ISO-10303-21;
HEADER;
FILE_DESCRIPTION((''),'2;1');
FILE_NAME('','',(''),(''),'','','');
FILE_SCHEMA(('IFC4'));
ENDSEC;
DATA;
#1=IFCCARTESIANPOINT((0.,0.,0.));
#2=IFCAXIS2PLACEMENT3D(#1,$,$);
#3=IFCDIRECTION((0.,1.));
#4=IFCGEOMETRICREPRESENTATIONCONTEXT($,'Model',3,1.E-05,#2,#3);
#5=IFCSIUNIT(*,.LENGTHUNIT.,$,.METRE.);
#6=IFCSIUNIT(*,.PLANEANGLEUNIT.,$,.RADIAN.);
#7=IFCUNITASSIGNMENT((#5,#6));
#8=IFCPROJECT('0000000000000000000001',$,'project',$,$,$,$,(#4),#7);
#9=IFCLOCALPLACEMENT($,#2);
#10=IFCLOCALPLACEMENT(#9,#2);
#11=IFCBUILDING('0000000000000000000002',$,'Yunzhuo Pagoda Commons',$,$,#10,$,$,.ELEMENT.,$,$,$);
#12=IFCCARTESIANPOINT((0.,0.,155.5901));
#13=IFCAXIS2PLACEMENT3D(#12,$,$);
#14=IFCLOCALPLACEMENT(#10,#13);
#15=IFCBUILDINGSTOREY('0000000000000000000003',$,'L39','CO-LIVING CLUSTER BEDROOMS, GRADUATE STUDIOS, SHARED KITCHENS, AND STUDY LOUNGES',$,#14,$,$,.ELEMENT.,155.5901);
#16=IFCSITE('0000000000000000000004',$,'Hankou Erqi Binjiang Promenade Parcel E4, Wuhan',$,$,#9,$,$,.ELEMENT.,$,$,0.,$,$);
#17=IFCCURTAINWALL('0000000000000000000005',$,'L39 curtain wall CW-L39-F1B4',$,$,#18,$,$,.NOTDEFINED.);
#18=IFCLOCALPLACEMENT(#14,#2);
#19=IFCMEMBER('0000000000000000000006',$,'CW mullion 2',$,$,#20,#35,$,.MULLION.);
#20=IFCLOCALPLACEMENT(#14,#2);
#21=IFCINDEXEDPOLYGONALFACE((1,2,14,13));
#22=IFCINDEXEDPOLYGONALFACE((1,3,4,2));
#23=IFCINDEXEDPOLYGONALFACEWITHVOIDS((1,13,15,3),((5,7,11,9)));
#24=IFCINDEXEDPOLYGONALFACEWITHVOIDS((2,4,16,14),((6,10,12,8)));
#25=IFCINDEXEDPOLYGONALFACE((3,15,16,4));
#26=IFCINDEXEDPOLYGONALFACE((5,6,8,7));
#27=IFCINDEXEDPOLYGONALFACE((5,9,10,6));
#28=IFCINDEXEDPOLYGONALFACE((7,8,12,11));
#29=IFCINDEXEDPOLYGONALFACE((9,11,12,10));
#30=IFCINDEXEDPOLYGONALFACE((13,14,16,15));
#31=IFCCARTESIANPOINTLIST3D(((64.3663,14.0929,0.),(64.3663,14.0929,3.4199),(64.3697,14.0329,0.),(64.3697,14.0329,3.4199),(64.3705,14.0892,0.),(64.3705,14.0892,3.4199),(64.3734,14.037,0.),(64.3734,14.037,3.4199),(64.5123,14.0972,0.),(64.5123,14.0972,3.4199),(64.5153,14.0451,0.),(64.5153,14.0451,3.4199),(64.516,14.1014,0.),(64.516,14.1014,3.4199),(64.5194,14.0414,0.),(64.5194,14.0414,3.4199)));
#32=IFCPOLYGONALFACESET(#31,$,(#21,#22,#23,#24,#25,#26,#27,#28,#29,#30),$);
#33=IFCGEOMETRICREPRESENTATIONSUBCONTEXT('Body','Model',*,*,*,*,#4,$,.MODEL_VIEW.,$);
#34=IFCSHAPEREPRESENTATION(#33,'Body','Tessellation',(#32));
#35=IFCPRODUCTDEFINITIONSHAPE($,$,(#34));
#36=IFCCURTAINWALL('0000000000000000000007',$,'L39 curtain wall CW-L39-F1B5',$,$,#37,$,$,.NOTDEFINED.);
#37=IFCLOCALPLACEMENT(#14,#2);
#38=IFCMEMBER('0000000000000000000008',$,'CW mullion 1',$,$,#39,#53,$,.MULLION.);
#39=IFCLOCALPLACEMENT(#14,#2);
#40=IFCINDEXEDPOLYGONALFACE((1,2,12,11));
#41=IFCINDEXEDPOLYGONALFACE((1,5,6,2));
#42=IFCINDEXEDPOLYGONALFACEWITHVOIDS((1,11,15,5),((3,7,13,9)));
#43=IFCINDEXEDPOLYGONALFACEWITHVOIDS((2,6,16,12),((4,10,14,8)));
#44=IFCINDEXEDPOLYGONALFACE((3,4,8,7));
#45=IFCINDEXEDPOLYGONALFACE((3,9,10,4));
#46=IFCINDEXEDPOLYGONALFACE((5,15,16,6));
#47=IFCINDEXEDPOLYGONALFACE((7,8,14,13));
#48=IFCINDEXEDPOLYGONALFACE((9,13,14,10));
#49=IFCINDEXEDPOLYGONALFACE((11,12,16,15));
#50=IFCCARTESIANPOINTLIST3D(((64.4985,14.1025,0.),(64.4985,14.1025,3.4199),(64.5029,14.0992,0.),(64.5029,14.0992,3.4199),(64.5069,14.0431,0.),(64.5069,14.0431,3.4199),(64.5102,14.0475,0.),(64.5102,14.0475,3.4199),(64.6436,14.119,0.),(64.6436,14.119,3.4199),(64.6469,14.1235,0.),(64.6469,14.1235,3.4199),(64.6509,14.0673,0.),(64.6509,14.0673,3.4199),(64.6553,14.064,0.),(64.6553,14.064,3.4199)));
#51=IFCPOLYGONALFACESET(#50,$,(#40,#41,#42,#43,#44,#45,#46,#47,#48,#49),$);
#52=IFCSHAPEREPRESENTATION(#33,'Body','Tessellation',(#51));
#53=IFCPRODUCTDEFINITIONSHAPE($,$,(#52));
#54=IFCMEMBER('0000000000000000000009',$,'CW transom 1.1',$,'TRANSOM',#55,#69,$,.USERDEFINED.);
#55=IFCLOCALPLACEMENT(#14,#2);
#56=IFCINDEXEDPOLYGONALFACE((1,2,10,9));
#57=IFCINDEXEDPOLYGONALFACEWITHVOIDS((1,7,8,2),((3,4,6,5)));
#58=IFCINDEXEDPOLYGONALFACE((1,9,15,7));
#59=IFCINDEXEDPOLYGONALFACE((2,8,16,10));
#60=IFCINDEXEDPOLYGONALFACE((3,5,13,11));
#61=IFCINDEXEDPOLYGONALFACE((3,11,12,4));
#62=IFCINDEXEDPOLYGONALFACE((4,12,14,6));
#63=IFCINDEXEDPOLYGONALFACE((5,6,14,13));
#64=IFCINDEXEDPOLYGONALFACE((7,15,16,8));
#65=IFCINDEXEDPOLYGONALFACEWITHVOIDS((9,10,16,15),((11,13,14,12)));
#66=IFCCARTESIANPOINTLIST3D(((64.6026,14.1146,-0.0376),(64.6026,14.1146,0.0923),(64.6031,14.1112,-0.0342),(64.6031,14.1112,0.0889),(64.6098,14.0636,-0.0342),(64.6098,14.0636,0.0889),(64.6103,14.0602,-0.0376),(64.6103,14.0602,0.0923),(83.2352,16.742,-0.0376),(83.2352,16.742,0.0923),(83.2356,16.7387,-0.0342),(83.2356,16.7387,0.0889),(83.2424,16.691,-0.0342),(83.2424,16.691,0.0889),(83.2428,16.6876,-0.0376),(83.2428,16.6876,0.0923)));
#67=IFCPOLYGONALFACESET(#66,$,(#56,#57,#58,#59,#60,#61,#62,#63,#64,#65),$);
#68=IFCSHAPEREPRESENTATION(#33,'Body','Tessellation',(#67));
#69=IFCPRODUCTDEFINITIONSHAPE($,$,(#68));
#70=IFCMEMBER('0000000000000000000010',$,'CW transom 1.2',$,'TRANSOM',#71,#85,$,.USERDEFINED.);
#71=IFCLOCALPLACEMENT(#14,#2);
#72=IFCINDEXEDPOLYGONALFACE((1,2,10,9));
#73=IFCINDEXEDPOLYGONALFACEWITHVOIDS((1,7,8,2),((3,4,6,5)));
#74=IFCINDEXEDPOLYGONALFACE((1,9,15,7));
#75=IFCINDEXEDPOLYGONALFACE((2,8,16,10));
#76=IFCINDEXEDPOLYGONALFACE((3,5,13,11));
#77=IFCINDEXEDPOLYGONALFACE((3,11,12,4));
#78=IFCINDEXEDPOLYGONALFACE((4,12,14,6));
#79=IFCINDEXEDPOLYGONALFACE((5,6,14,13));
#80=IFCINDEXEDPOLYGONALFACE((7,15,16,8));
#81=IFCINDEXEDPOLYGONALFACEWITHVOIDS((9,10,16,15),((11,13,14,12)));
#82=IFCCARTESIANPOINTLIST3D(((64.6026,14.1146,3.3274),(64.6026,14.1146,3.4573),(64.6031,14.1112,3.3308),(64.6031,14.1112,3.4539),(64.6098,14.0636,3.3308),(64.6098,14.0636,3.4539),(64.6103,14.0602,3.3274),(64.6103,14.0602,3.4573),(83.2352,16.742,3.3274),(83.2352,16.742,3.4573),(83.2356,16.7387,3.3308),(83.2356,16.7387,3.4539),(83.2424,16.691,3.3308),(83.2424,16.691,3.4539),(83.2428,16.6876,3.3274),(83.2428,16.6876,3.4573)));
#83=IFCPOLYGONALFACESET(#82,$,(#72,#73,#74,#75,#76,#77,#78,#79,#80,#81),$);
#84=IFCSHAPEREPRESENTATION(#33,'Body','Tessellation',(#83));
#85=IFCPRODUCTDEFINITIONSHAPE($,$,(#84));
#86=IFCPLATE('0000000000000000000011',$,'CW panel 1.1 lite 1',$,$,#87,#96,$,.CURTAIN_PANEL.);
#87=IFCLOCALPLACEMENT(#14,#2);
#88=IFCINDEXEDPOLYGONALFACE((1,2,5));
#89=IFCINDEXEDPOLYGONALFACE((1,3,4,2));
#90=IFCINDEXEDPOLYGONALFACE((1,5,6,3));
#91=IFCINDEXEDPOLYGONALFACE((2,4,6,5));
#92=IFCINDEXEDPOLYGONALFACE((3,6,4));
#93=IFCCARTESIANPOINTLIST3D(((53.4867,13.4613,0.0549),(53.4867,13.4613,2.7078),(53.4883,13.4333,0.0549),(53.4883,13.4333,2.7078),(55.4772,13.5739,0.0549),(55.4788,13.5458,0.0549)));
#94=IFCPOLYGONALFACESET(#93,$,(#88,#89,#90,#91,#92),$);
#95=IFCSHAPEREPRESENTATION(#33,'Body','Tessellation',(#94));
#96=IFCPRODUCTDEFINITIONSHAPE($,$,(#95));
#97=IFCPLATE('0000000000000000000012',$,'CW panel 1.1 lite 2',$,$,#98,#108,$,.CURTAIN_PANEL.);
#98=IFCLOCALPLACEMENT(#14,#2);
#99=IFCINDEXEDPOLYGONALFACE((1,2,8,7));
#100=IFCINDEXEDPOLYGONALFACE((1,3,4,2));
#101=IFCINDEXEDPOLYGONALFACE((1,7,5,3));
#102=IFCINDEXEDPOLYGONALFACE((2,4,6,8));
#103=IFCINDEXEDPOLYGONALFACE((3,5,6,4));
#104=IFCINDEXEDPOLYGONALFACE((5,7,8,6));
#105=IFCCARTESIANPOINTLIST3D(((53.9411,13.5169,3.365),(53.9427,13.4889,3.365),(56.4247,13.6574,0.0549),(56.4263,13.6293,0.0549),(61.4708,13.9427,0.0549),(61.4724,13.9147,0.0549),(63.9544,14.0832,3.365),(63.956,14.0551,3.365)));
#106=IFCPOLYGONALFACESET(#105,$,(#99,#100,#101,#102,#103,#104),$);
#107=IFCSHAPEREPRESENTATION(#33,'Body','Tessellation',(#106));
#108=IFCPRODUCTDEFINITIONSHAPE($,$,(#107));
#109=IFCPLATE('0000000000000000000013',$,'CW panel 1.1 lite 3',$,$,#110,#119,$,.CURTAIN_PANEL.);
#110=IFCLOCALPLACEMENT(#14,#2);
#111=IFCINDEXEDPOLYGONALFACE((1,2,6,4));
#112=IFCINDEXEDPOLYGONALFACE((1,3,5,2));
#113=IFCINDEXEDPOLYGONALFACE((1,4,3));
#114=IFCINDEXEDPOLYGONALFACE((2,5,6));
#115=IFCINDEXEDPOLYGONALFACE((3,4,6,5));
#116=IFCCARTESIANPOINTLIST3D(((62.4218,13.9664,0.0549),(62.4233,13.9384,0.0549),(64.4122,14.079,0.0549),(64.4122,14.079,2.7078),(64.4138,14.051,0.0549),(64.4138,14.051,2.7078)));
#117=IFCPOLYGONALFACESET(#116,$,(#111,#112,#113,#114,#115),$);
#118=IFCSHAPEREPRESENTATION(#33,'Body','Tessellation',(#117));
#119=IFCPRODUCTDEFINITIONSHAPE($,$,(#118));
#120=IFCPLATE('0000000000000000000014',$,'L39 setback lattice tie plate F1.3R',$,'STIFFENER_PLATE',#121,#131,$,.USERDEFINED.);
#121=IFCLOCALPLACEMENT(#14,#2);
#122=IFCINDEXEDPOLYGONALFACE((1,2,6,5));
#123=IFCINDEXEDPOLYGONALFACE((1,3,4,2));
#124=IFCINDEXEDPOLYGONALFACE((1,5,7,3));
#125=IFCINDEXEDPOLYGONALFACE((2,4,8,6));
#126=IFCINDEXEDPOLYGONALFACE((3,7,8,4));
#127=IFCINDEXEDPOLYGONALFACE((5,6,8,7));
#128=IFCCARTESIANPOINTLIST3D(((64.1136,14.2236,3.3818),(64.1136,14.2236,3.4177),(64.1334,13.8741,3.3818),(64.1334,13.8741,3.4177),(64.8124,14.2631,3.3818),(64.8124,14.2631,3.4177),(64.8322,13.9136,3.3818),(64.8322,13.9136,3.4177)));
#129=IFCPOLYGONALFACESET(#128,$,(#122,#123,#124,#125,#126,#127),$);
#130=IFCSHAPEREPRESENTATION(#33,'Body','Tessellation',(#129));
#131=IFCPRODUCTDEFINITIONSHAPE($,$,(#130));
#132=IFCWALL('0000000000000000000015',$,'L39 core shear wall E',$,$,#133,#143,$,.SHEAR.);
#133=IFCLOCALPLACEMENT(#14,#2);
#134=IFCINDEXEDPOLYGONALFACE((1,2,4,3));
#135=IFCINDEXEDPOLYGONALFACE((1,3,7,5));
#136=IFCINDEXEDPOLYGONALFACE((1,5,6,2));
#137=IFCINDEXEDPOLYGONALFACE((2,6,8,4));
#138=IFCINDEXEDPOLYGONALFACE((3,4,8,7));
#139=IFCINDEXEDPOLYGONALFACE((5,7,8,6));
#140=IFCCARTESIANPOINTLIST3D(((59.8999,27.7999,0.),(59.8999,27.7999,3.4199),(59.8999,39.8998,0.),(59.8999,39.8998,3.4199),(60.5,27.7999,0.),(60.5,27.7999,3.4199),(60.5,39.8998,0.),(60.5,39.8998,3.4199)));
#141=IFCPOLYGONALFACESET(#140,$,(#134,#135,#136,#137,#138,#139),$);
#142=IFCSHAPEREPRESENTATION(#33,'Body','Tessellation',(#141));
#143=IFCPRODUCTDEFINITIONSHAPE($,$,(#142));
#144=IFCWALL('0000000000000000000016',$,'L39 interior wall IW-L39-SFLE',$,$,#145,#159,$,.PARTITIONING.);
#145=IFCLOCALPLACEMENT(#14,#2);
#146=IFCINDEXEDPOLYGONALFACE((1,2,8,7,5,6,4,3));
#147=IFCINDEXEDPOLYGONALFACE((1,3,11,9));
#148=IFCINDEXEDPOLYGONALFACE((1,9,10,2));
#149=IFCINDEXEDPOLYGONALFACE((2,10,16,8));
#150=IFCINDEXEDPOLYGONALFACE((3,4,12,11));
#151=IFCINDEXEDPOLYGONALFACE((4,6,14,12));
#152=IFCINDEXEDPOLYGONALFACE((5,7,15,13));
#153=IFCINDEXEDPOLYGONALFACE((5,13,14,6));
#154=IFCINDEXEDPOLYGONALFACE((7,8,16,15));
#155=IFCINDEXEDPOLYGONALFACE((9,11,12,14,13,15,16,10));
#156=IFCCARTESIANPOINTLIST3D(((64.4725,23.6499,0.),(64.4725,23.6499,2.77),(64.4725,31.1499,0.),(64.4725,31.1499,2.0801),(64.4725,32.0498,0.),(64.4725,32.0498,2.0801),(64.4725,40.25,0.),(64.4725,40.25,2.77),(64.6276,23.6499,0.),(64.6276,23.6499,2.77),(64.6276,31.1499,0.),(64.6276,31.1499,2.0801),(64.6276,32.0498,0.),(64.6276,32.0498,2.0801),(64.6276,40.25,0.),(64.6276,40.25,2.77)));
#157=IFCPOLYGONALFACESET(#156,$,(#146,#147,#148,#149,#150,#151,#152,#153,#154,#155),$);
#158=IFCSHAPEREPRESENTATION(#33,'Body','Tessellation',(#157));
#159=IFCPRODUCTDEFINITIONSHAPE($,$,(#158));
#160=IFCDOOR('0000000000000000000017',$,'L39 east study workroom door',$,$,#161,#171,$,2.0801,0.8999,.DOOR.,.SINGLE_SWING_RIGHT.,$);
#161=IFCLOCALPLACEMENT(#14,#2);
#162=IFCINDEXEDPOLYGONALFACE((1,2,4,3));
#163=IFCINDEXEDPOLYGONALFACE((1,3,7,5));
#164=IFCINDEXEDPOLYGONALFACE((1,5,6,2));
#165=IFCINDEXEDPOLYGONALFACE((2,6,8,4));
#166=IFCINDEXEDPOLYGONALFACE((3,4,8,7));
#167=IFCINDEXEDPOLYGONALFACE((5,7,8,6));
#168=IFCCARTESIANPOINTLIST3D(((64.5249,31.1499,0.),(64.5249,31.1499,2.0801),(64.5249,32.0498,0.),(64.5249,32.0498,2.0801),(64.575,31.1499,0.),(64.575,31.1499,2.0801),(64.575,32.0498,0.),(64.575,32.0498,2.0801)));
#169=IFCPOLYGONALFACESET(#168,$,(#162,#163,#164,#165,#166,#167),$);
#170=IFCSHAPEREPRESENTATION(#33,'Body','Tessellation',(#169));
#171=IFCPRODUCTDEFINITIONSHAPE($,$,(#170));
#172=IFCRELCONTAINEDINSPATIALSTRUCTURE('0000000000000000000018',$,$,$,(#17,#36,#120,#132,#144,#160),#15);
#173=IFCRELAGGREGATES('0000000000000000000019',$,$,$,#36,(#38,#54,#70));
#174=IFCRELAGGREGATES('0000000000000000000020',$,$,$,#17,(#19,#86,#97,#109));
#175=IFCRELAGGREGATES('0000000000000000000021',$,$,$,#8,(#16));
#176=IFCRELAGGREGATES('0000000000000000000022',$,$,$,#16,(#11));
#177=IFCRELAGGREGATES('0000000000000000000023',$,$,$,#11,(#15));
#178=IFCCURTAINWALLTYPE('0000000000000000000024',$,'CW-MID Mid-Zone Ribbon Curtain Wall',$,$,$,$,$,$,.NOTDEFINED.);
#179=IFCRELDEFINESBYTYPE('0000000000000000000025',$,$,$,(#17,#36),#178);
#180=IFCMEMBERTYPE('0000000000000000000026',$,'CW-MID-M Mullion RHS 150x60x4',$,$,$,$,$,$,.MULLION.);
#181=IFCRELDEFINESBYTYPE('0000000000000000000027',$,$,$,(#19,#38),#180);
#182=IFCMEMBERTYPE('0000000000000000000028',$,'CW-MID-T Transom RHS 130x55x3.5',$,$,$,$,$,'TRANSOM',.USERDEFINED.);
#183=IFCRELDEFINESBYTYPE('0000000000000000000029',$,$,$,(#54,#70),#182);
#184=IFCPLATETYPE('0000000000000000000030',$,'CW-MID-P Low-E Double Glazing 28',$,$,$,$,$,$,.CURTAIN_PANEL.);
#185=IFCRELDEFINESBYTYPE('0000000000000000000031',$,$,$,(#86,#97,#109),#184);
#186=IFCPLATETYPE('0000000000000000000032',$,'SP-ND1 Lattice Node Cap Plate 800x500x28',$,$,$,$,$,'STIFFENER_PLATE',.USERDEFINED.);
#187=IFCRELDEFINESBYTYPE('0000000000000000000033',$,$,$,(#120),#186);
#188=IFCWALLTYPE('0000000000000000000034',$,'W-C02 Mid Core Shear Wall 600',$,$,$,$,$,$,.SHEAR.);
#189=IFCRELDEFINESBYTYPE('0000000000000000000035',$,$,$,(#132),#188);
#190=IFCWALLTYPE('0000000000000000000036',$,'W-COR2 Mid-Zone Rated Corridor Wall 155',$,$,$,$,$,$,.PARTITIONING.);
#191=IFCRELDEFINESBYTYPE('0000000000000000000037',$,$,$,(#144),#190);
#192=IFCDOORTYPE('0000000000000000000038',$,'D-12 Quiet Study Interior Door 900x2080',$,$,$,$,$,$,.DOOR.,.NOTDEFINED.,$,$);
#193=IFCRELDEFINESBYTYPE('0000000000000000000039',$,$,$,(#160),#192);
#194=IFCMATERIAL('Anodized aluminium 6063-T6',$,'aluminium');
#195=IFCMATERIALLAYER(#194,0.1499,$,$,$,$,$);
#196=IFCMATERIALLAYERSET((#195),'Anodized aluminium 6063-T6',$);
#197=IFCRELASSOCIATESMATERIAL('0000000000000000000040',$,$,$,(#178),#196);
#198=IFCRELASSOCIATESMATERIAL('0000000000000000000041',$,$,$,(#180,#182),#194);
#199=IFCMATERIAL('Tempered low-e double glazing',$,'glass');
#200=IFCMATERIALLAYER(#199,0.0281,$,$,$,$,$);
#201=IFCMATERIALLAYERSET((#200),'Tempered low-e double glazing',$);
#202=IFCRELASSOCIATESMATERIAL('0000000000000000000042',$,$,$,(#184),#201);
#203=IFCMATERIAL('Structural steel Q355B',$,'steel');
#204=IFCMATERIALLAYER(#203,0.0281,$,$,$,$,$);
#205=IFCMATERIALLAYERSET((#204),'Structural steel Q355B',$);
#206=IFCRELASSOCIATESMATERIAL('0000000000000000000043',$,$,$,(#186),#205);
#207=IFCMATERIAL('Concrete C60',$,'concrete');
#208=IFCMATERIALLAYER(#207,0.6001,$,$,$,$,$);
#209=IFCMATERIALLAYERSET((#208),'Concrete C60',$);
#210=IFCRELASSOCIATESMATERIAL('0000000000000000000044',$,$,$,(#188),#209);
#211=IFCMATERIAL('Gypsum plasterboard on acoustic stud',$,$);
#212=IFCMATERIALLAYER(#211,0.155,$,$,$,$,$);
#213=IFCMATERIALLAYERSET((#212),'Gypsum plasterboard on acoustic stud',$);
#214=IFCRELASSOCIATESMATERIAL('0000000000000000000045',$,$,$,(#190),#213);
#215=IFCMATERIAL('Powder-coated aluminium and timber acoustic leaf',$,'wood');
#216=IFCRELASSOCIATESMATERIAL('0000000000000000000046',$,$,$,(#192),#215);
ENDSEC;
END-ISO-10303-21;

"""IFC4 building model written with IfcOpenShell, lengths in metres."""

from ifc_helpers import new_model, si_unit, direction, frame, frame_2d, origin, origin_2d, place, context, subcontext, project, spatial, polyline, rectangle, hollow_rectangle, outline, extrude, source, transform, mapped, material, layer, layer_set, material_profile, profile_set, type_object, element, fill, aggregate, save


model = new_model("IFC4")

# Units and contexts
model_context = context("Model", 3, precision=1e-05, world=origin(), true_north=direction((0.0, 1.0)))
body_context = subcontext(model_context, "Body", "Model", "MODEL_VIEW")
ifc_project = project(units=[si_unit("LENGTHUNIT", "METRE"), si_unit("PLANEANGLEUNIT", "RADIAN")], contexts=[model_context])

# Site, building, storey
site_placement = place(None, origin())
site = spatial("IfcSite", under=ifc_project, at=site_placement, Name="Hankou Erqi Binjiang Promenade Parcel E4, Wuhan", CompositionType="ELEMENT", RefElevation=0.0)
building_placement = place(site_placement, origin())
building = spatial("IfcBuilding", under=site, at=building_placement, Name="Yunzhuo Pagoda Commons", CompositionType="ELEMENT")
storey_placement = place(building_placement, frame((0.0, 0.0, 155.5901)))
storey = spatial("IfcBuildingStorey", under=building, at=storey_placement, Name="L39", Description="CO-LIVING CLUSTER BEDROOMS, GRADUATE STUDIOS, SHARED KITCHENS, AND STUDY LOUNGES", CompositionType="ELEMENT", Elevation=155.5901)

# Shared definitions
ifc_material_1 = material(Name="Structural steel Q355B", Category="steel")

# Curtain wall, member
ifc_material_2 = material(Name="Anodized aluminium 6063-T6", Category="aluminium")
ifc_layer_1 = layer(ifc_material_2, 0.1499)
ifc_layer_set_1 = layer_set([ifc_layer_1], Name="Anodized aluminium 6063-T6")
curtain_wall_type = type_object("IfcCurtainWallType", Name="CW-MID Mid-Zone Ribbon Curtain Wall", PredefinedType="NOTDEFINED", material=ifc_layer_set_1)
curtain_wall_1_placement = place(storey_placement, origin())
curtain_wall_1 = element("IfcCurtainWall", 1, at=curtain_wall_1_placement, inside=storey, type_object=curtain_wall_type, Name="L39 curtain wall CW-L39-F1B4", PredefinedType="NOTDEFINED")
ifc_material_profile_1 = material_profile(ifc_material_2, hollow_rectangle(XDim=0.0601, YDim=0.1499, WallThickness=0.0039, at=origin_2d()), Name="Anodized aluminium 6063-T6")
ifc_profile_set_1 = profile_set([ifc_material_profile_1], Name="Anodized aluminium 6063-T6")
member_type_1 = type_object("IfcMemberType", Name="CW-MID-M Mullion RHS 150x60x4", PredefinedType="MULLION", material=ifc_profile_set_1)
shared_shape_1 = source(origin(), body_context, "Body", "SweptSolid", [
    extrude(hollow_rectangle(XDim=0.0601, YDim=0.1499, WallThickness=0.0039, at=origin_2d()), origin(), (0.0, 0.0, 1.0), 3.4199),
])
member_1_placement = place(storey_placement, frame((64.4429, 14.0671, 0.0), z_axis=(0.0, 0.0, 1.0), x_axis=(-0.056459, 0.998405, 0.0)))
member_1 = element("IfcMember", 2, at=member_1_placement, type_object=member_type_1, Name="CW mullion 2", PredefinedType="MULLION", context=body_context, shape_type="MappedRepresentation", body=[
    mapped(shared_shape_1, transform((0.0, 0.0, 0.0), scale=1.0)),
])

# Curtain wall, members
curtain_wall_2_placement = place(storey_placement, origin())
curtain_wall_2 = element("IfcCurtainWall", 3, at=curtain_wall_2_placement, inside=storey, type_object=curtain_wall_type, Name="L39 curtain wall CW-L39-F1B5", PredefinedType="NOTDEFINED")
member_2_placement = place(storey_placement, frame((64.5769, 14.0833, 0.0), z_axis=(0.0, 0.0, 1.0), x_axis=(-0.13963, 0.990204, 0.0)))
member_2 = element("IfcMember", 4, at=member_2_placement, type_object=member_type_1, Name="CW mullion 1", PredefinedType="MULLION", context=body_context, shape_type="MappedRepresentation", body=[
    mapped(shared_shape_1, transform((0.0, 0.0, 0.0), scale=1.0)),
])
ifc_material_profile_2 = material_profile(ifc_material_2, hollow_rectangle(XDim=0.0549, YDim=0.1299, WallThickness=0.0034, at=origin_2d()), Name="Anodized aluminium 6063-T6")
ifc_profile_set_2 = profile_set([ifc_material_profile_2], Name="Anodized aluminium 6063-T6")
member_type_2 = type_object("IfcMemberType", Name="CW-MID-T Transom RHS 130x55x3.5", ElementType="TRANSOM", PredefinedType="USERDEFINED", material=ifc_profile_set_2)
shared_shape_2 = source(origin(), body_context, "Body", "SweptSolid", [
    extrude(hollow_rectangle(XDim=0.0549, YDim=0.1299, WallThickness=0.0034, at=origin_2d()), origin(), (0.0, 0.0, 1.0), 18.8169),
])
member_3_placement = place(storey_placement, frame((64.6064, 14.0874, 0.0273), z_axis=(0.990203, 0.139632, 0.0), x_axis=(-0.139632, 0.990203, 0.0)))
member_3 = element("IfcMember", 5, at=member_3_placement, type_object=member_type_2, Name="CW transom 1.1", ObjectType="TRANSOM", PredefinedType="USERDEFINED", context=body_context, shape_type="MappedRepresentation", body=[
    mapped(shared_shape_2, transform((0.0, 0.0, 0.0), scale=1.0)),
])
member_4_placement = place(storey_placement, frame((64.6064, 14.0874, 3.3923), z_axis=(0.990203, 0.139632, 0.0), x_axis=(-0.139632, 0.990203, 0.0)))
member_4 = element("IfcMember", 6, at=member_4_placement, type_object=member_type_2, Name="CW transom 1.2", ObjectType="TRANSOM", PredefinedType="USERDEFINED", context=body_context, shape_type="MappedRepresentation", body=[
    mapped(shared_shape_2, transform((0.0, 0.0, 0.0), scale=1.0)),
])
aggregate(curtain_wall_2, [member_2, member_3, member_4])

# Plates
ifc_material_3 = material(Name="Tempered low-e double glazing", Category="glass")
ifc_layer_2 = layer(ifc_material_3, 0.0281)
ifc_layer_set_2 = layer_set([ifc_layer_2], Name="Tempered low-e double glazing")
plate_type_1 = type_object("IfcPlateType", Name="CW-MID-P Low-E Double Glazing 28", PredefinedType="CURTAIN_PANEL", material=ifc_layer_set_2)
plate_1_placement = place(storey_placement, frame((54.4819, 13.5176, 1.3813), z_axis=(0.056459, -0.998405, 0.0), x_axis=(0.998405, 0.056459, 0.0)))
plate_1 = element("IfcPlate", 7, at=plate_1_placement, type_object=plate_type_1, Name="CW panel 1.1 lite 1", PredefinedType="CURTAIN_PANEL", context=body_context, shape_type="SweptSolid", body=[
    extrude(outline(polyline([(-0.9968, -1.3264), (0.9968, -1.3264), (-0.9968, 1.3264), (-0.9968, -1.3264)])), origin(), (0.0, 0.0, 1.0), 0.0281),
])
plate_2_placement = place(storey_placement, frame((58.9478, 13.8, 1.71), z_axis=(0.056459, -0.998405, 0.0), x_axis=(0.998405, 0.056459, 0.0)))
plate_2 = element("IfcPlate", 8, at=plate_2_placement, type_object=plate_type_1, Name="CW panel 1.1 lite 2", PredefinedType="CURTAIN_PANEL", context=body_context, shape_type="SweptSolid", body=[
    extrude(outline(polyline([(-5.0146, 1.655), (-2.5271, -1.655), (2.5271, -1.655), (5.0146, 1.655), (-5.0146, 1.655)])), origin(), (0.0, 0.0, 1.0), 0.0281),
])
plate_3_placement = place(storey_placement, frame((63.417, 14.0227, 1.3813), z_axis=(0.056459, -0.998405, 0.0), x_axis=(0.998405, 0.056459, 0.0)))
plate_3 = element("IfcPlate", 9, at=plate_3_placement, type_object=plate_type_1, Name="CW panel 1.1 lite 3", PredefinedType="CURTAIN_PANEL", context=body_context, shape_type="SweptSolid", body=[
    extrude(outline(polyline([(-0.9968, -1.3264), (0.9968, -1.3264), (0.9968, 1.3264), (-0.9968, -1.3264)])), origin(), (0.0, 0.0, 1.0), 0.0281),
])
aggregate(curtain_wall_1, [member_1, plate_1, plate_2, plate_3])
ifc_layer_3 = layer(ifc_material_1, 0.0281)
ifc_layer_set_3 = layer_set([ifc_layer_3], Name="Structural steel Q355B")
plate_type_2 = type_object("IfcPlateType", Name="SP-ND1 Lattice Node Cap Plate 800x500x28", ElementType="STIFFENER_PLATE", PredefinedType="USERDEFINED", material=ifc_layer_set_3)
shared_shape_3 = source(origin(), body_context, "Body", "SweptSolid", [
    extrude(rectangle(XDim=0.7, YDim=0.3501, at=origin_2d()), origin(), (0.0, 0.0, 1.0), 0.0359),
])
plate_4_placement = place(storey_placement, frame((64.4729, 14.0686, 3.3818), z_axis=(0.0, 0.0, 1.0), x_axis=(0.998405, 0.056466, 0.0)))
element("IfcPlate", 10, at=plate_4_placement, inside=storey, type_object=plate_type_2, Name="L39 setback lattice tie plate F1.3R", ObjectType="STIFFENER_PLATE", PredefinedType="USERDEFINED", context=body_context, shape_type="MappedRepresentation", body=[
    mapped(shared_shape_3, transform((0.0, 0.0, 0.0), scale=1.0)),
])

# Wall
ifc_material_4 = material(Name="Concrete C60", Category="concrete")
ifc_layer_4 = layer(ifc_material_4, 0.6001)
ifc_layer_set_4 = layer_set([ifc_layer_4], Name="Concrete C60")
wall_type_1 = type_object("IfcWallType", Name="W-C02 Mid Core Shear Wall 600", PredefinedType="SHEAR", material=ifc_layer_set_4)
wall_1_placement = place(storey_placement, frame((60.2, 27.8, 0.0), z_axis=(0.0, 0.0, 1.0), x_axis=(0.0, 1.0, 0.0)))
element("IfcWall", 11, at=wall_1_placement, inside=storey, type_object=wall_type_1, Name="L39 core shear wall E", PredefinedType="SHEAR", context=body_context, shape_type="SweptSolid", body=[
    extrude(rectangle(XDim=12.0999, YDim=0.6001, at=frame_2d((6.0498, 0.0))), origin(), (0.0, 0.0, 1.0), 3.4199),
])

# Wall, opening, door
ifc_material_5 = material(Name="Gypsum plasterboard on acoustic stud")
ifc_layer_5 = layer(ifc_material_5, 0.155)
ifc_layer_set_5 = layer_set([ifc_layer_5], Name="Gypsum plasterboard on acoustic stud")
wall_type_2 = type_object("IfcWallType", Name="W-COR2 Mid-Zone Rated Corridor Wall 155", PredefinedType="PARTITIONING", material=ifc_layer_set_5)
wall_2_placement = place(storey_placement, frame((64.55, 23.6499, 0.0), z_axis=(0.0, 0.0, 1.0), x_axis=(0.0, 1.0, 0.0)))
wall_2 = element("IfcWall", 12, at=wall_2_placement, inside=storey, type_object=wall_type_2, Name="L39 interior wall IW-L39-SFLE", PredefinedType="PARTITIONING", context=body_context, shape_type="SweptSolid", body=[
    extrude(rectangle(XDim=16.6001, YDim=0.155, at=frame_2d((8.3, 0.0))), origin(), (0.0, 0.0, 1.0), 2.77),
])
opening_1_placement = place(wall_2_placement, frame((7.5, 0.0, 0.0)))
opening_1 = element("IfcOpeningElement", 13, at=opening_1_placement, cuts=wall_2, PredefinedType="OPENING", context=body_context, shape_type="SweptSolid", body=[
    extrude(rectangle(XDim=0.8999, YDim=2.0801, at=frame_2d((0.45, 1.04))), frame((0.0, 0.0874, 0.0), z_axis=(0.0, -1.0, 0.0), x_axis=(1.0, 0.0, 0.0)), (0.0, 0.0, 1.0), 0.175),
])
ifc_material_6 = material(Name="Powder-coated aluminium and timber acoustic leaf", Category="wood")
door_type_1 = type_object("IfcDoorType", Name="D-12 Quiet Study Interior Door 900x2080", OperationType="NOTDEFINED", PredefinedType="DOOR", material=ifc_material_6)
shared_shape_4 = source(origin(), body_context, "Body", "SweptSolid", [
    extrude(rectangle(XDim=0.8999, YDim=2.0801, at=frame_2d((0.45, 1.04))), frame((0.0, 0.0249, 0.0), z_axis=(0.0, -1.0, 0.0), x_axis=(1.0, 0.0, 0.0)), (0.0, 0.0, 1.0), 0.05),
])
door_1_placement = place(opening_1_placement, frame((0.8999, 0.0, 0.0), z_axis=(0.0, 0.0, 1.0), x_axis=(-1.0, 0.0, 0.0)))
door_1 = element("IfcDoor", 14, at=door_1_placement, inside=storey, type_object=door_type_1, Name="L39 east study workroom door", OperationType="SINGLE_SWING_RIGHT", OverallHeight=2.0801, OverallWidth=0.8999, PredefinedType="DOOR", context=body_context, shape_type="MappedRepresentation", body=[
    mapped(shared_shape_4, transform((0.0, 0.0, 0.0), scale=1.0)),
])
fill(opening_1, door_1)

save(model, "model.ifc")
